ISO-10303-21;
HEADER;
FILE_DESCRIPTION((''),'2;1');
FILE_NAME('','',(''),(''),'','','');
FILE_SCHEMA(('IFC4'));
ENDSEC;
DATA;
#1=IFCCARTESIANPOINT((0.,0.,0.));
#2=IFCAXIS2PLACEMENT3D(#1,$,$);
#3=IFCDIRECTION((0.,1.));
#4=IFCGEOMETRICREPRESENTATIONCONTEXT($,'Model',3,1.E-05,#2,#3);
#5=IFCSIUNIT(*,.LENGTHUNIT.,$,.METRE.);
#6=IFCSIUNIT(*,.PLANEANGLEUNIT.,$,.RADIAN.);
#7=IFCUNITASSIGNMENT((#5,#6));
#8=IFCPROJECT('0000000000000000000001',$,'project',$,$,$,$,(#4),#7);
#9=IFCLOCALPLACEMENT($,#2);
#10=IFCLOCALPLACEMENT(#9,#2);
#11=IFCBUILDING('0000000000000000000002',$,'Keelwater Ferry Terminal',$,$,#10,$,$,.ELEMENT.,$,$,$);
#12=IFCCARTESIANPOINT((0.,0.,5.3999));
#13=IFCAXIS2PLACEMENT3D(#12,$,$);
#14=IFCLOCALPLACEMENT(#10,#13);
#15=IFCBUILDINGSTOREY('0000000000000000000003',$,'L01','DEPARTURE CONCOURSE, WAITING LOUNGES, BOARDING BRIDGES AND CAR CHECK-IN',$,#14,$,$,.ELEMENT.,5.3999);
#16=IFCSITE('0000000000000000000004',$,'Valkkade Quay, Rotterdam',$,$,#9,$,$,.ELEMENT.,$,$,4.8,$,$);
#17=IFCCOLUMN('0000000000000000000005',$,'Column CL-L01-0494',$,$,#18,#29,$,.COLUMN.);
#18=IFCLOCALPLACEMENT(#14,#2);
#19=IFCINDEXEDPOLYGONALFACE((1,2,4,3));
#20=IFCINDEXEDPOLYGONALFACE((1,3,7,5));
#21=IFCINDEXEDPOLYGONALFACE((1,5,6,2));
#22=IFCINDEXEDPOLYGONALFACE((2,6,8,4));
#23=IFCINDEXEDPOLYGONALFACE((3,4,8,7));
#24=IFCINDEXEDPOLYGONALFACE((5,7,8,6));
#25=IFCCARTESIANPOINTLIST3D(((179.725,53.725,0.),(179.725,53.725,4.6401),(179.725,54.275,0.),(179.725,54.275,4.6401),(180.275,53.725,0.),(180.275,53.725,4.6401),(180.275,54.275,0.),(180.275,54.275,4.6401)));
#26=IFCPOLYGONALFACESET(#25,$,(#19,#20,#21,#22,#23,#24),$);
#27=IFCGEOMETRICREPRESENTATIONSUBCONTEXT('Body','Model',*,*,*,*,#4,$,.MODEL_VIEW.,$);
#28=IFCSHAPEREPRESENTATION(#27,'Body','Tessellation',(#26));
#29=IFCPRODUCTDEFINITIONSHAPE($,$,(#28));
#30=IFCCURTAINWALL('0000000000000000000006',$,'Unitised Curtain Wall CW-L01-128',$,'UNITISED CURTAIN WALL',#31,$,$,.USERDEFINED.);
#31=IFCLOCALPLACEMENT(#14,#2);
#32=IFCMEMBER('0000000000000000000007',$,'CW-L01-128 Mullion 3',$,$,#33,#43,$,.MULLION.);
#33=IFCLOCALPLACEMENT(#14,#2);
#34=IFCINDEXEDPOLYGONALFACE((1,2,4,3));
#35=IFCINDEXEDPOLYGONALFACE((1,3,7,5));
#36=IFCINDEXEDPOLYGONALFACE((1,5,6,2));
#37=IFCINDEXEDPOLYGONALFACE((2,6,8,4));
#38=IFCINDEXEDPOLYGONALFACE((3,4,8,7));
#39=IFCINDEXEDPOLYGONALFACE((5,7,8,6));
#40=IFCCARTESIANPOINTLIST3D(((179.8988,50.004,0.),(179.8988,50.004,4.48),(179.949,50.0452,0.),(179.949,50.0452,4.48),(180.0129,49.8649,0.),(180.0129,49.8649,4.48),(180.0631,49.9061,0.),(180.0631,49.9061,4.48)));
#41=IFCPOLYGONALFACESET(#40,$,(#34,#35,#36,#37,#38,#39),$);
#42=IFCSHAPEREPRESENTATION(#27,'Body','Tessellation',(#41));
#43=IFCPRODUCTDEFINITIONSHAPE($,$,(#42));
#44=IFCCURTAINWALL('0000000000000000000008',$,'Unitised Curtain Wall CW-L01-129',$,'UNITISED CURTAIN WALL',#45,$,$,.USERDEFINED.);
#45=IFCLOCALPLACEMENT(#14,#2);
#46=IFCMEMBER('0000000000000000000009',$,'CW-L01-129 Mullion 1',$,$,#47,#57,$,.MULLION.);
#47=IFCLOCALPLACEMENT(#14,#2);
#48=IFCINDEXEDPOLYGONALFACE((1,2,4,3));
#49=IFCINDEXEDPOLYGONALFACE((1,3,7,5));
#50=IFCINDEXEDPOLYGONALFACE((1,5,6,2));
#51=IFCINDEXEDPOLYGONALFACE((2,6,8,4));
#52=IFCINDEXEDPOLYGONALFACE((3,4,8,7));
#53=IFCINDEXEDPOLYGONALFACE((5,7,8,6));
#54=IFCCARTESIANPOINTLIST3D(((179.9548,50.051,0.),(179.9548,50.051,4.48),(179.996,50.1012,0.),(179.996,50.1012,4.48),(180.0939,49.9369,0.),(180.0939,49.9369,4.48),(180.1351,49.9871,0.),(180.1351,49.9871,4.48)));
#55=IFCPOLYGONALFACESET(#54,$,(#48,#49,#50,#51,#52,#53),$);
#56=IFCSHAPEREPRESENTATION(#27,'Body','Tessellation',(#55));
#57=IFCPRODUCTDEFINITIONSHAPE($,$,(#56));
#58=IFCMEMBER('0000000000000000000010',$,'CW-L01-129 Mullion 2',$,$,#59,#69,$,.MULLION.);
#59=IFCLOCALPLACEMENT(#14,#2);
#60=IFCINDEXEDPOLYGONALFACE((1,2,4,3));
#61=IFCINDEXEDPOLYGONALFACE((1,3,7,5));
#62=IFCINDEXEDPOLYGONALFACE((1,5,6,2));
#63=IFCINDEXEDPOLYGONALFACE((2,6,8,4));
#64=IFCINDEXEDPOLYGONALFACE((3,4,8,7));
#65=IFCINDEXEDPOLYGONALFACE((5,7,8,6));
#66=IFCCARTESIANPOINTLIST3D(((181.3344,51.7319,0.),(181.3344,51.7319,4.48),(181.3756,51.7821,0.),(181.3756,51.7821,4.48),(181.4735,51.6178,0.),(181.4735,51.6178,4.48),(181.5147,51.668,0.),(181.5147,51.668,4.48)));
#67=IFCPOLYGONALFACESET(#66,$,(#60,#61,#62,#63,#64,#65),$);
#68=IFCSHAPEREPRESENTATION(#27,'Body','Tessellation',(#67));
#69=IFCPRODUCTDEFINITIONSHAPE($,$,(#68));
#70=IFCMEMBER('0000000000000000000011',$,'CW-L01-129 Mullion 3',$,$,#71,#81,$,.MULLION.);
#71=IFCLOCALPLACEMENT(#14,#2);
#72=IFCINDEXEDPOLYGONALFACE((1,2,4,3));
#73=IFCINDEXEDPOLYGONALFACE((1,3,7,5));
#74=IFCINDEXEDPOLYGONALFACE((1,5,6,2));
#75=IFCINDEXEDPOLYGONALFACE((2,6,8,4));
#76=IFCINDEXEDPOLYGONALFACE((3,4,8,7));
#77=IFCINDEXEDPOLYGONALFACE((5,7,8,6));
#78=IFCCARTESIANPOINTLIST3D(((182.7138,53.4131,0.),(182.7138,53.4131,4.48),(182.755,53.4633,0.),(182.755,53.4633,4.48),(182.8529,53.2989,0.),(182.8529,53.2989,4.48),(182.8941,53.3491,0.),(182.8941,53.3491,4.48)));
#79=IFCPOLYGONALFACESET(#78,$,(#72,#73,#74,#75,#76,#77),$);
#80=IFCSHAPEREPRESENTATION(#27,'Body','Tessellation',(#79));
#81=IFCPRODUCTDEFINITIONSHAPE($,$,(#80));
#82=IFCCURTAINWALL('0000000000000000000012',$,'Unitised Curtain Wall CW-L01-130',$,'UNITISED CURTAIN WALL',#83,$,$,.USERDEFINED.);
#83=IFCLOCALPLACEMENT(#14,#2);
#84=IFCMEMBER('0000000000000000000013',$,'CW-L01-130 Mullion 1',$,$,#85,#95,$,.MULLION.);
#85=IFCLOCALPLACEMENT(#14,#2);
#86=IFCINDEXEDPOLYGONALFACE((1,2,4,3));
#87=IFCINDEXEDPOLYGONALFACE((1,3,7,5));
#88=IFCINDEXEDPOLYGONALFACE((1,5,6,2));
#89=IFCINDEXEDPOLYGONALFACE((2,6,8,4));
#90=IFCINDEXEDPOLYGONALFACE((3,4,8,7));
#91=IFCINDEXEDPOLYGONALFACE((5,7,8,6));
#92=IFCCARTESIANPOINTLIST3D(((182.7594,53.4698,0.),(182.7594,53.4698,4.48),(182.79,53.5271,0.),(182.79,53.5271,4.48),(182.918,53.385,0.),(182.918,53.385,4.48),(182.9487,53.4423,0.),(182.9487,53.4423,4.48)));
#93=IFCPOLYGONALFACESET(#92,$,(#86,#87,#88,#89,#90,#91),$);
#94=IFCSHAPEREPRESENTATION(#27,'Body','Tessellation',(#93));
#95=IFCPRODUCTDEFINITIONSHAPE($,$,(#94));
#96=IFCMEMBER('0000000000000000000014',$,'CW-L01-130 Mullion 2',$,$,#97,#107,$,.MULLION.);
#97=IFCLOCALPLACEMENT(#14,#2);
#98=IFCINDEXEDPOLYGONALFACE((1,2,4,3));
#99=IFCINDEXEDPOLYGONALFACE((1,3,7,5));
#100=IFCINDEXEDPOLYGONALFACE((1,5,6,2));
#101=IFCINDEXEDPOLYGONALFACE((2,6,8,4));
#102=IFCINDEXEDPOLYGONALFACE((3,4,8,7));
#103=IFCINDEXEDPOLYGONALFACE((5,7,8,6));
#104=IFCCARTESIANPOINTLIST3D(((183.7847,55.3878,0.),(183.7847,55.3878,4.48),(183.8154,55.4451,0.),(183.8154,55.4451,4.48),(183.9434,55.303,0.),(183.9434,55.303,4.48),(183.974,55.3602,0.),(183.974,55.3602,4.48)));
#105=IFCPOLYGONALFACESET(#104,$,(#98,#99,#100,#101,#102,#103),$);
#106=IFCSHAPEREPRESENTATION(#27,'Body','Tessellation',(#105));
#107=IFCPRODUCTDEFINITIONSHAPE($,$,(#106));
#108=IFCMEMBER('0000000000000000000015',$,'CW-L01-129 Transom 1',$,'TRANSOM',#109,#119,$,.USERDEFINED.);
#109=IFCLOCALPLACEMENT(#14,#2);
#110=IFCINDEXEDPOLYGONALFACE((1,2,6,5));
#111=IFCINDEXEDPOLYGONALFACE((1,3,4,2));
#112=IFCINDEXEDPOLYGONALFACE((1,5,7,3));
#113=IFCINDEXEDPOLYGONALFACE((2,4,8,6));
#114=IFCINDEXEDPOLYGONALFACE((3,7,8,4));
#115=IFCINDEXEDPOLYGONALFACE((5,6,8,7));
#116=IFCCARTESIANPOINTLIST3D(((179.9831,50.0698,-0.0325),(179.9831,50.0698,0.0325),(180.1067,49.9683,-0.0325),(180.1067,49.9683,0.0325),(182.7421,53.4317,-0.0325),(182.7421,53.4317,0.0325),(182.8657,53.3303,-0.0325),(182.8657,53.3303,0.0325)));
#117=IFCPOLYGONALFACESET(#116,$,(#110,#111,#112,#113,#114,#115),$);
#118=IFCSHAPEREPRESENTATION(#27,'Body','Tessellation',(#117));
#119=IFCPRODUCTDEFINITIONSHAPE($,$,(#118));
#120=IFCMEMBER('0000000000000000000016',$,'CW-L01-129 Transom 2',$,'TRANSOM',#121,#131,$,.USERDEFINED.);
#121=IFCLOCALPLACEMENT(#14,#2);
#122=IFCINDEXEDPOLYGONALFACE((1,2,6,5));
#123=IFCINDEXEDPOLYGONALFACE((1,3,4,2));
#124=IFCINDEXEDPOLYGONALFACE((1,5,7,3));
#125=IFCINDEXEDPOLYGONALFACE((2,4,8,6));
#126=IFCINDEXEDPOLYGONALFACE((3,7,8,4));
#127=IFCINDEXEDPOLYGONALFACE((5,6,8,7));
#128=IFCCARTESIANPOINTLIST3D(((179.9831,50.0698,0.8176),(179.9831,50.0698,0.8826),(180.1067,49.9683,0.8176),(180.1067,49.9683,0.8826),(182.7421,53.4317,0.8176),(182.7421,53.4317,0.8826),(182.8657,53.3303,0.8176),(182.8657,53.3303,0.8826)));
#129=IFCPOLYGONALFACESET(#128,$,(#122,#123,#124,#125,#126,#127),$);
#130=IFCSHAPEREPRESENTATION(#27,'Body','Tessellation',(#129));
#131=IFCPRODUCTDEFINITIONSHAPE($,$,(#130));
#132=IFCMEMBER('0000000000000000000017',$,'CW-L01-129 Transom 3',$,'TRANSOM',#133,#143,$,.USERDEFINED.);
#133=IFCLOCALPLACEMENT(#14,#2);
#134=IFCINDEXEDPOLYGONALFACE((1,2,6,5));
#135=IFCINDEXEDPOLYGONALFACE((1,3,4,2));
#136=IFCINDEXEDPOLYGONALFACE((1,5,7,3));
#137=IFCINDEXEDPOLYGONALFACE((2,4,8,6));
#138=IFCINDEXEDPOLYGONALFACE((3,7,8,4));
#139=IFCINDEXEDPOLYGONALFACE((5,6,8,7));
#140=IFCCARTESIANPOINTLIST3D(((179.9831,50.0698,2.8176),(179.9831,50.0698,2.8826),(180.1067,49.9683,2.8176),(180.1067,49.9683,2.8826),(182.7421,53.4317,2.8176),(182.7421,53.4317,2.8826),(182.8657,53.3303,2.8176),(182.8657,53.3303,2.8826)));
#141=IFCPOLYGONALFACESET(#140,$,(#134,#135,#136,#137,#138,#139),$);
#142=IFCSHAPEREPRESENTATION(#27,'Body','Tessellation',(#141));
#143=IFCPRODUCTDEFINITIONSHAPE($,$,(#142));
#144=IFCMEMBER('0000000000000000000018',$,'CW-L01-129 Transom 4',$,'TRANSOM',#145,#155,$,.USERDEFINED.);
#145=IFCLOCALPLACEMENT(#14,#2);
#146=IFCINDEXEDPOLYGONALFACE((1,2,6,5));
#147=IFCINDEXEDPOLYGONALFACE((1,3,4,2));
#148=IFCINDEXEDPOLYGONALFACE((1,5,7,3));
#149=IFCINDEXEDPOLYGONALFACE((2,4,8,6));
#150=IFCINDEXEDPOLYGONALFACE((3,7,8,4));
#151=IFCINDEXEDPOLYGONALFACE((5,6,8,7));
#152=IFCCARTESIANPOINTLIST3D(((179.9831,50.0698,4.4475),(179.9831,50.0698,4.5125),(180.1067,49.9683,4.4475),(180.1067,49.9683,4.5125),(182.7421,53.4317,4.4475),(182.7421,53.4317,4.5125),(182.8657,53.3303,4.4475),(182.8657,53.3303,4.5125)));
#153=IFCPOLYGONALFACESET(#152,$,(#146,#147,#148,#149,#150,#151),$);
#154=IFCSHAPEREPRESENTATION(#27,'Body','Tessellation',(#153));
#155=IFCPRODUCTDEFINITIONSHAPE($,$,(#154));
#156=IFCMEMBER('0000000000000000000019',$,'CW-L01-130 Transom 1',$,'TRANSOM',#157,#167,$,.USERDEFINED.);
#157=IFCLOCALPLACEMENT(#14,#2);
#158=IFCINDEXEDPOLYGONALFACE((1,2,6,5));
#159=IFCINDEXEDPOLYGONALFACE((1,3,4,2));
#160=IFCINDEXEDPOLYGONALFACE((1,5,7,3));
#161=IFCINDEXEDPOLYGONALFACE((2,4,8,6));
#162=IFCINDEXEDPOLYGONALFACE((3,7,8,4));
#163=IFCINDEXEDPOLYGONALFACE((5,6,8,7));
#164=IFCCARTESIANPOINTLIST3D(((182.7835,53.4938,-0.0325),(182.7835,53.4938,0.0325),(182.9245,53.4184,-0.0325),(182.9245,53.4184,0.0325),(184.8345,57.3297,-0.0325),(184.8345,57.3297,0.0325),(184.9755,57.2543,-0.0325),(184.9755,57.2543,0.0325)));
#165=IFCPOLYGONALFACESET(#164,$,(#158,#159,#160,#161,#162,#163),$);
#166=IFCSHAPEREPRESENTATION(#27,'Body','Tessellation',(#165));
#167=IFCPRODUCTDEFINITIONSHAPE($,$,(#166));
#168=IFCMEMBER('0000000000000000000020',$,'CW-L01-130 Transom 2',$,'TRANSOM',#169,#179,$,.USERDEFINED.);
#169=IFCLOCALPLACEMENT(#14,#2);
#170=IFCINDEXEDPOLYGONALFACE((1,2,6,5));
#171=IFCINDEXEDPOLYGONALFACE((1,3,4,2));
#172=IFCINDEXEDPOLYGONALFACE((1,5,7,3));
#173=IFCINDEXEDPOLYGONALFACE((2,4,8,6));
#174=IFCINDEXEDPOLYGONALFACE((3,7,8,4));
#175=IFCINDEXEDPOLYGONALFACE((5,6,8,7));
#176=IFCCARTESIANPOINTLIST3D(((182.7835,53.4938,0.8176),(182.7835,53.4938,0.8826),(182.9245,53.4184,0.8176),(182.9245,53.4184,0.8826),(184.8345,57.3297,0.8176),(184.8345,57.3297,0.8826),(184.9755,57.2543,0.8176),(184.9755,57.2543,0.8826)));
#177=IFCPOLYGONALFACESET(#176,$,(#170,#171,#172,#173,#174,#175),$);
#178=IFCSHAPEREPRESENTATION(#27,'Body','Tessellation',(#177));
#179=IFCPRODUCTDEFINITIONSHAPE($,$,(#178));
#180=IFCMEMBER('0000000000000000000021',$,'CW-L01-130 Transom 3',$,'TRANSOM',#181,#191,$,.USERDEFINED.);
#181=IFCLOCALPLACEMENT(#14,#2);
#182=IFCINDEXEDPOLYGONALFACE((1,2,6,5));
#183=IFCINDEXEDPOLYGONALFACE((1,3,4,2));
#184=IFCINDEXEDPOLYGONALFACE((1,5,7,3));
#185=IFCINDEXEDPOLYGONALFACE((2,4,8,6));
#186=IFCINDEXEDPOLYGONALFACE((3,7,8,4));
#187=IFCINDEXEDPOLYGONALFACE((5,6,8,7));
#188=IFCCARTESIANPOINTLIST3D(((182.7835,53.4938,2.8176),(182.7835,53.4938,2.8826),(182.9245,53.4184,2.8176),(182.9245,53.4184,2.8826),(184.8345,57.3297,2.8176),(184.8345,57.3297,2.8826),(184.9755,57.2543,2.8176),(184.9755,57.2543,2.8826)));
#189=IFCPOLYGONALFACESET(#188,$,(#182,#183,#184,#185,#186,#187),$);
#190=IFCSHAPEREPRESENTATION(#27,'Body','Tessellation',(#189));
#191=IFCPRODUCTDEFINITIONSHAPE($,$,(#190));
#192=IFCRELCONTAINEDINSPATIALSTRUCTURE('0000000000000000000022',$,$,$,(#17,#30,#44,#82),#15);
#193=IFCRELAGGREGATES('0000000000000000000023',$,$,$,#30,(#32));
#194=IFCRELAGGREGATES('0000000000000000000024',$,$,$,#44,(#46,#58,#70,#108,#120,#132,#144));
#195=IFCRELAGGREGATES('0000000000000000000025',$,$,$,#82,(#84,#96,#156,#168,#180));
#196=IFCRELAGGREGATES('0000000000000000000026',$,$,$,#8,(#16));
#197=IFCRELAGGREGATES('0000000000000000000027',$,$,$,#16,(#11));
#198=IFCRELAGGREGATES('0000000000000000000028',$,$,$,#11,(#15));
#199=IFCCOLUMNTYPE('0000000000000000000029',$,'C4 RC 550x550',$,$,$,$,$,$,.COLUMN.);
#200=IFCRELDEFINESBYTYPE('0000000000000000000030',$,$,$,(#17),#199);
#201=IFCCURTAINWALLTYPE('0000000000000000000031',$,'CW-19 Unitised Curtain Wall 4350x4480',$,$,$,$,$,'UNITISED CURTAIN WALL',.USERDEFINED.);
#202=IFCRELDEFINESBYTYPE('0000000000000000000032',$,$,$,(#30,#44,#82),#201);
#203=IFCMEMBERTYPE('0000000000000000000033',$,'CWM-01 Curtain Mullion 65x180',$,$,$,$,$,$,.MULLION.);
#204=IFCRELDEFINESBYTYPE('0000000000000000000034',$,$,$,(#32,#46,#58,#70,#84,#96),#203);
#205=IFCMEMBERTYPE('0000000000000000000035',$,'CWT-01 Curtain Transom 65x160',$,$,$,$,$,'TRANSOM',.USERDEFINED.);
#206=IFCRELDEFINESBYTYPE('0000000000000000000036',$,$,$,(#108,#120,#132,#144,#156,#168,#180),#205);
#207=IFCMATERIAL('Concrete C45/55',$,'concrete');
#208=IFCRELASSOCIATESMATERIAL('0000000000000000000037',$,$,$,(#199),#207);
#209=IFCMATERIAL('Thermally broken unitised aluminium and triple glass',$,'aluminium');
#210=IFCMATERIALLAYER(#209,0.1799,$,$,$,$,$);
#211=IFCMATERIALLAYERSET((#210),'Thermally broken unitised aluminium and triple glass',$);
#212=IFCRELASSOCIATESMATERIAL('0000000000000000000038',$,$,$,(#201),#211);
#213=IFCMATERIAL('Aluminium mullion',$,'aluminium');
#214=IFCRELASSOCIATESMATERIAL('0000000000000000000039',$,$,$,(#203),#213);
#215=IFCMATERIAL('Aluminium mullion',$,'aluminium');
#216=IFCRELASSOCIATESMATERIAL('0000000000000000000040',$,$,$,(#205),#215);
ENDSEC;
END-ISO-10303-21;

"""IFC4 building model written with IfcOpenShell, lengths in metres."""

from ifc_helpers import new_model, si_unit, direction, frame, origin, origin_2d, place, context, subcontext, project, spatial, rectangle, extrude, material, layer, layer_set, material_profile, profile_set, type_object, element, aggregate, save


model = new_model("IFC4")

# Units and contexts
model_context = context("Model", 3, precision=1e-05, world=origin(), true_north=direction((0.0, 1.0)))
body_context = subcontext(model_context, "Body", "Model", "MODEL_VIEW")
ifc_project = project(units=[si_unit("LENGTHUNIT", "METRE"), si_unit("PLANEANGLEUNIT", "RADIAN")], contexts=[model_context])

# Site, building, storey
site_placement = place(None, origin())
site = spatial("IfcSite", under=ifc_project, at=site_placement, Name="Valkkade Quay, Rotterdam", CompositionType="ELEMENT", RefElevation=4.8)
building_placement = place(site_placement, origin())
building = spatial("IfcBuilding", under=site, at=building_placement, Name="Keelwater Ferry Terminal", CompositionType="ELEMENT")
storey_placement = place(building_placement, frame((0.0, 0.0, 5.3999)))
storey = spatial("IfcBuildingStorey", under=building, at=storey_placement, Name="L01", Description="DEPARTURE CONCOURSE, WAITING LOUNGES, BOARDING BRIDGES AND CAR CHECK-IN", CompositionType="ELEMENT", Elevation=5.3999)

# Column
ifc_material_1 = material(Name="Concrete C45/55", Category="concrete")
ifc_material_profile_1 = material_profile(ifc_material_1, rectangle(XDim=0.55, YDim=0.55, at=origin_2d()), Name="RC 550x550")
ifc_profile_set_1 = profile_set([ifc_material_profile_1], Name="Concrete C45/55")
column_type = type_object("IfcColumnType", Name="C4 RC 550x550", PredefinedType="COLUMN", material=ifc_profile_set_1)
column_placement = place(storey_placement, frame((180.0, 54.0, 0.0), z_axis=(0.0, 0.0, 1.0), x_axis=(1.0, 0.0, 0.0)))
element("IfcColumn", 1, at=column_placement, inside=storey, type_object=column_type, Name="Column CL-L01-0494", PredefinedType="COLUMN", context=body_context, shape_type="SweptSolid", body=[
    extrude(rectangle(XDim=0.55, YDim=0.55, at=origin_2d()), origin(), (0.0, 0.0, 1.0), 4.6401),
])

# Curtain wall, member
ifc_material_2 = material(Name="Thermally broken unitised aluminium and triple glass", Category="aluminium")
ifc_layer_1 = layer(ifc_material_2, 0.1799)
ifc_layer_set_1 = layer_set([ifc_layer_1], Name="Thermally broken unitised aluminium and triple glass")
curtain_wall_type = type_object("IfcCurtainWallType", Name="CW-19 Unitised Curtain Wall 4350x4480", ElementType="UNITISED CURTAIN WALL", PredefinedType="USERDEFINED", material=ifc_layer_set_1)
curtain_wall_1_placement = place(storey_placement, origin())
curtain_wall_1 = element("IfcCurtainWall", 2, at=curtain_wall_1_placement, inside=storey, type_object=curtain_wall_type, Name="Unitised Curtain Wall CW-L01-128", ObjectType="UNITISED CURTAIN WALL", PredefinedType="USERDEFINED")
ifc_material_3 = material(Name="Aluminium mullion", Category="aluminium")
ifc_material_profile_2 = material_profile(ifc_material_3, rectangle(XDim=0.0649, YDim=0.1799, at=origin_2d()), Name="CWM-01")
ifc_profile_set_2 = profile_set([ifc_material_profile_2], Name="Aluminium mullion")
member_type_1 = type_object("IfcMemberType", Name="CWM-01 Curtain Mullion 65x180", PredefinedType="MULLION", material=ifc_profile_set_2)
member_1_placement = place(storey_placement, frame((179.981, 49.9551, 0.0), z_axis=(0.0, 0.0, 1.0), x_axis=(0.773024, 0.634377, 0.0)))
member_1 = element("IfcMember", 3, at=member_1_placement, type_object=member_type_1, Name="CW-L01-128 Mullion 3", PredefinedType="MULLION", context=body_context, shape_type="SweptSolid", body=[
    extrude(rectangle(XDim=0.0649, YDim=0.1799, at=origin_2d()), origin(), (0.0, 0.0, 1.0), 4.48),
])

# Curtain walls, members
curtain_wall_2_placement = place(storey_placement, origin())
curtain_wall_2 = element("IfcCurtainWall", 4, at=curtain_wall_2_placement, inside=storey, type_object=curtain_wall_type, Name="Unitised Curtain Wall CW-L01-129", ObjectType="UNITISED CURTAIN WALL", PredefinedType="USERDEFINED")
member_2_placement = place(storey_placement, frame((180.0449, 50.019, 0.0), z_axis=(0.0, 0.0, 1.0), x_axis=(0.634377, 0.773024, 0.0)))
member_2 = element("IfcMember", 5, at=member_2_placement, type_object=member_type_1, Name="CW-L01-129 Mullion 1", PredefinedType="MULLION", context=body_context, shape_type="SweptSolid", body=[
    extrude(rectangle(XDim=0.0649, YDim=0.1799, at=origin_2d()), origin(), (0.0, 0.0, 1.0), 4.48),
])
member_3_placement = place(storey_placement, frame((181.4246, 51.7, 0.0), z_axis=(0.0, 0.0, 1.0), x_axis=(0.634377, 0.773024, 0.0)))
member_3 = element("IfcMember", 6, at=member_3_placement, type_object=member_type_1, Name="CW-L01-129 Mullion 2", PredefinedType="MULLION", context=body_context, shape_type="SweptSolid", body=[
    extrude(rectangle(XDim=0.0649, YDim=0.1799, at=origin_2d()), origin(), (0.0, 0.0, 1.0), 4.48),
])
member_4_placement = place(storey_placement, frame((182.804, 53.3811, 0.0), z_axis=(0.0, 0.0, 1.0), x_axis=(0.634377, 0.773024, 0.0)))
member_4 = element("IfcMember", 7, at=member_4_placement, type_object=member_type_1, Name="CW-L01-129 Mullion 3", PredefinedType="MULLION", context=body_context, shape_type="SweptSolid", body=[
    extrude(rectangle(XDim=0.0649, YDim=0.1799, at=origin_2d()), origin(), (0.0, 0.0, 1.0), 4.48),
])
curtain_wall_3_placement = place(storey_placement, origin())
curtain_wall_3 = element("IfcCurtainWall", 8, at=curtain_wall_3_placement, inside=storey, type_object=curtain_wall_type, Name="Unitised Curtain Wall CW-L01-130", ObjectType="UNITISED CURTAIN WALL", PredefinedType="USERDEFINED")
member_5_placement = place(storey_placement, frame((182.854, 53.4561, 0.0), z_axis=(0.0, 0.0, 1.0), x_axis=(0.471507, 0.881862, 0.0)))
member_5 = element("IfcMember", 9, at=member_5_placement, type_object=member_type_1, Name="CW-L01-130 Mullion 1", PredefinedType="MULLION", context=body_context, shape_type="SweptSolid", body=[
    extrude(rectangle(XDim=0.0649, YDim=0.1799, at=origin_2d()), origin(), (0.0, 0.0, 1.0), 4.48),
])
member_6_placement = place(storey_placement, frame((183.8794, 55.374, 0.0), z_axis=(0.0, 0.0, 1.0), x_axis=(0.471507, 0.881862, 0.0)))
member_6 = element("IfcMember", 10, at=member_6_placement, type_object=member_type_1, Name="CW-L01-130 Mullion 2", PredefinedType="MULLION", context=body_context, shape_type="SweptSolid", body=[
    extrude(rectangle(XDim=0.0649, YDim=0.1799, at=origin_2d()), origin(), (0.0, 0.0, 1.0), 4.48),
])

# Members
ifc_material_4 = material(Name="Aluminium mullion", Category="aluminium")
ifc_material_profile_3 = material_profile(ifc_material_4, rectangle(XDim=0.1599, YDim=0.0649, at=origin_2d()), Name="CWT-01")
ifc_profile_set_3 = profile_set([ifc_material_profile_3], Name="Aluminium mullion")
member_type_2 = type_object("IfcMemberType", Name="CWT-01 Curtain Transom 65x160", ElementType="TRANSOM", PredefinedType="USERDEFINED", material=ifc_profile_set_3)
member_7_placement = place(storey_placement, frame((180.0449, 50.019, 0.0), z_axis=(0.634374, 0.773026, 0.0), x_axis=(-0.773026, 0.634374, 0.0)))
member_7 = element("IfcMember", 11, at=member_7_placement, type_object=member_type_2, Name="CW-L01-129 Transom 1", ObjectType="TRANSOM", PredefinedType="USERDEFINED", context=body_context, shape_type="SweptSolid", body=[
    extrude(rectangle(XDim=0.1599, YDim=0.0649, at=origin_2d()), origin(), (0.0, 0.0, 1.0), 4.3491),
])
member_8_placement = place(storey_placement, frame((180.0449, 50.019, 0.8501), z_axis=(0.634374, 0.773026, 0.0), x_axis=(-0.773026, 0.634374, 0.0)))
member_8 = element("IfcMember", 12, at=member_8_placement, type_object=member_type_2, Name="CW-L01-129 Transom 2", ObjectType="TRANSOM", PredefinedType="USERDEFINED", context=body_context, shape_type="SweptSolid", body=[
    extrude(rectangle(XDim=0.1599, YDim=0.0649, at=origin_2d()), origin(), (0.0, 0.0, 1.0), 4.3491),
])
member_9_placement = place(storey_placement, frame((180.0449, 50.019, 2.8501), z_axis=(0.634374, 0.773026, 0.0), x_axis=(-0.773026, 0.634374, 0.0)))
member_9 = element("IfcMember", 13, at=member_9_placement, type_object=member_type_2, Name="CW-L01-129 Transom 3", ObjectType="TRANSOM", PredefinedType="USERDEFINED", context=body_context, shape_type="SweptSolid", body=[
    extrude(rectangle(XDim=0.1599, YDim=0.0649, at=origin_2d()), origin(), (0.0, 0.0, 1.0), 4.3491),
])
member_10_placement = place(storey_placement, frame((180.0449, 50.019, 4.48), z_axis=(0.634374, 0.773026, 0.0), x_axis=(-0.773026, 0.634374, 0.0)))
member_10 = element("IfcMember", 14, at=member_10_placement, type_object=member_type_2, Name="CW-L01-129 Transom 4", ObjectType="TRANSOM", PredefinedType="USERDEFINED", context=body_context, shape_type="SweptSolid", body=[
    extrude(rectangle(XDim=0.1599, YDim=0.0649, at=origin_2d()), origin(), (0.0, 0.0, 1.0), 4.3491),
])
member_11_placement = place(storey_placement, frame((182.854, 53.4561, 0.0), z_axis=(0.471517, 0.881857, 0.0), x_axis=(-0.881857, 0.471517, 0.0)))
member_11 = element("IfcMember", 15, at=member_11_placement, type_object=member_type_2, Name="CW-L01-130 Transom 1", ObjectType="TRANSOM", PredefinedType="USERDEFINED", context=body_context, shape_type="SweptSolid", body=[
    extrude(rectangle(XDim=0.1599, YDim=0.0649, at=origin_2d()), origin(), (0.0, 0.0, 1.0), 4.3499),
])
member_12_placement = place(storey_placement, frame((182.854, 53.4561, 0.8501), z_axis=(0.471517, 0.881857, 0.0), x_axis=(-0.881857, 0.471517, 0.0)))
member_12 = element("IfcMember", 16, at=member_12_placement, type_object=member_type_2, Name="CW-L01-130 Transom 2", ObjectType="TRANSOM", PredefinedType="USERDEFINED", context=body_context, shape_type="SweptSolid", body=[
    extrude(rectangle(XDim=0.1599, YDim=0.0649, at=origin_2d()), origin(), (0.0, 0.0, 1.0), 4.3499),
])
member_13_placement = place(storey_placement, frame((182.854, 53.4561, 2.8501), z_axis=(0.471517, 0.881857, 0.0), x_axis=(-0.881857, 0.471517, 0.0)))
member_13 = element("IfcMember", 17, at=member_13_placement, type_object=member_type_2, Name="CW-L01-130 Transom 3", ObjectType="TRANSOM", PredefinedType="USERDEFINED", context=body_context, shape_type="SweptSolid", body=[
    extrude(rectangle(XDim=0.1599, YDim=0.0649, at=origin_2d()), origin(), (0.0, 0.0, 1.0), 4.3499),
])

aggregate(curtain_wall_1, [member_1])
aggregate(curtain_wall_2, [member_2, member_3, member_4, member_7, member_8, member_9, member_10])
aggregate(curtain_wall_3, [member_5, member_6, member_11, member_12, member_13])

save(model, "model.ifc")
